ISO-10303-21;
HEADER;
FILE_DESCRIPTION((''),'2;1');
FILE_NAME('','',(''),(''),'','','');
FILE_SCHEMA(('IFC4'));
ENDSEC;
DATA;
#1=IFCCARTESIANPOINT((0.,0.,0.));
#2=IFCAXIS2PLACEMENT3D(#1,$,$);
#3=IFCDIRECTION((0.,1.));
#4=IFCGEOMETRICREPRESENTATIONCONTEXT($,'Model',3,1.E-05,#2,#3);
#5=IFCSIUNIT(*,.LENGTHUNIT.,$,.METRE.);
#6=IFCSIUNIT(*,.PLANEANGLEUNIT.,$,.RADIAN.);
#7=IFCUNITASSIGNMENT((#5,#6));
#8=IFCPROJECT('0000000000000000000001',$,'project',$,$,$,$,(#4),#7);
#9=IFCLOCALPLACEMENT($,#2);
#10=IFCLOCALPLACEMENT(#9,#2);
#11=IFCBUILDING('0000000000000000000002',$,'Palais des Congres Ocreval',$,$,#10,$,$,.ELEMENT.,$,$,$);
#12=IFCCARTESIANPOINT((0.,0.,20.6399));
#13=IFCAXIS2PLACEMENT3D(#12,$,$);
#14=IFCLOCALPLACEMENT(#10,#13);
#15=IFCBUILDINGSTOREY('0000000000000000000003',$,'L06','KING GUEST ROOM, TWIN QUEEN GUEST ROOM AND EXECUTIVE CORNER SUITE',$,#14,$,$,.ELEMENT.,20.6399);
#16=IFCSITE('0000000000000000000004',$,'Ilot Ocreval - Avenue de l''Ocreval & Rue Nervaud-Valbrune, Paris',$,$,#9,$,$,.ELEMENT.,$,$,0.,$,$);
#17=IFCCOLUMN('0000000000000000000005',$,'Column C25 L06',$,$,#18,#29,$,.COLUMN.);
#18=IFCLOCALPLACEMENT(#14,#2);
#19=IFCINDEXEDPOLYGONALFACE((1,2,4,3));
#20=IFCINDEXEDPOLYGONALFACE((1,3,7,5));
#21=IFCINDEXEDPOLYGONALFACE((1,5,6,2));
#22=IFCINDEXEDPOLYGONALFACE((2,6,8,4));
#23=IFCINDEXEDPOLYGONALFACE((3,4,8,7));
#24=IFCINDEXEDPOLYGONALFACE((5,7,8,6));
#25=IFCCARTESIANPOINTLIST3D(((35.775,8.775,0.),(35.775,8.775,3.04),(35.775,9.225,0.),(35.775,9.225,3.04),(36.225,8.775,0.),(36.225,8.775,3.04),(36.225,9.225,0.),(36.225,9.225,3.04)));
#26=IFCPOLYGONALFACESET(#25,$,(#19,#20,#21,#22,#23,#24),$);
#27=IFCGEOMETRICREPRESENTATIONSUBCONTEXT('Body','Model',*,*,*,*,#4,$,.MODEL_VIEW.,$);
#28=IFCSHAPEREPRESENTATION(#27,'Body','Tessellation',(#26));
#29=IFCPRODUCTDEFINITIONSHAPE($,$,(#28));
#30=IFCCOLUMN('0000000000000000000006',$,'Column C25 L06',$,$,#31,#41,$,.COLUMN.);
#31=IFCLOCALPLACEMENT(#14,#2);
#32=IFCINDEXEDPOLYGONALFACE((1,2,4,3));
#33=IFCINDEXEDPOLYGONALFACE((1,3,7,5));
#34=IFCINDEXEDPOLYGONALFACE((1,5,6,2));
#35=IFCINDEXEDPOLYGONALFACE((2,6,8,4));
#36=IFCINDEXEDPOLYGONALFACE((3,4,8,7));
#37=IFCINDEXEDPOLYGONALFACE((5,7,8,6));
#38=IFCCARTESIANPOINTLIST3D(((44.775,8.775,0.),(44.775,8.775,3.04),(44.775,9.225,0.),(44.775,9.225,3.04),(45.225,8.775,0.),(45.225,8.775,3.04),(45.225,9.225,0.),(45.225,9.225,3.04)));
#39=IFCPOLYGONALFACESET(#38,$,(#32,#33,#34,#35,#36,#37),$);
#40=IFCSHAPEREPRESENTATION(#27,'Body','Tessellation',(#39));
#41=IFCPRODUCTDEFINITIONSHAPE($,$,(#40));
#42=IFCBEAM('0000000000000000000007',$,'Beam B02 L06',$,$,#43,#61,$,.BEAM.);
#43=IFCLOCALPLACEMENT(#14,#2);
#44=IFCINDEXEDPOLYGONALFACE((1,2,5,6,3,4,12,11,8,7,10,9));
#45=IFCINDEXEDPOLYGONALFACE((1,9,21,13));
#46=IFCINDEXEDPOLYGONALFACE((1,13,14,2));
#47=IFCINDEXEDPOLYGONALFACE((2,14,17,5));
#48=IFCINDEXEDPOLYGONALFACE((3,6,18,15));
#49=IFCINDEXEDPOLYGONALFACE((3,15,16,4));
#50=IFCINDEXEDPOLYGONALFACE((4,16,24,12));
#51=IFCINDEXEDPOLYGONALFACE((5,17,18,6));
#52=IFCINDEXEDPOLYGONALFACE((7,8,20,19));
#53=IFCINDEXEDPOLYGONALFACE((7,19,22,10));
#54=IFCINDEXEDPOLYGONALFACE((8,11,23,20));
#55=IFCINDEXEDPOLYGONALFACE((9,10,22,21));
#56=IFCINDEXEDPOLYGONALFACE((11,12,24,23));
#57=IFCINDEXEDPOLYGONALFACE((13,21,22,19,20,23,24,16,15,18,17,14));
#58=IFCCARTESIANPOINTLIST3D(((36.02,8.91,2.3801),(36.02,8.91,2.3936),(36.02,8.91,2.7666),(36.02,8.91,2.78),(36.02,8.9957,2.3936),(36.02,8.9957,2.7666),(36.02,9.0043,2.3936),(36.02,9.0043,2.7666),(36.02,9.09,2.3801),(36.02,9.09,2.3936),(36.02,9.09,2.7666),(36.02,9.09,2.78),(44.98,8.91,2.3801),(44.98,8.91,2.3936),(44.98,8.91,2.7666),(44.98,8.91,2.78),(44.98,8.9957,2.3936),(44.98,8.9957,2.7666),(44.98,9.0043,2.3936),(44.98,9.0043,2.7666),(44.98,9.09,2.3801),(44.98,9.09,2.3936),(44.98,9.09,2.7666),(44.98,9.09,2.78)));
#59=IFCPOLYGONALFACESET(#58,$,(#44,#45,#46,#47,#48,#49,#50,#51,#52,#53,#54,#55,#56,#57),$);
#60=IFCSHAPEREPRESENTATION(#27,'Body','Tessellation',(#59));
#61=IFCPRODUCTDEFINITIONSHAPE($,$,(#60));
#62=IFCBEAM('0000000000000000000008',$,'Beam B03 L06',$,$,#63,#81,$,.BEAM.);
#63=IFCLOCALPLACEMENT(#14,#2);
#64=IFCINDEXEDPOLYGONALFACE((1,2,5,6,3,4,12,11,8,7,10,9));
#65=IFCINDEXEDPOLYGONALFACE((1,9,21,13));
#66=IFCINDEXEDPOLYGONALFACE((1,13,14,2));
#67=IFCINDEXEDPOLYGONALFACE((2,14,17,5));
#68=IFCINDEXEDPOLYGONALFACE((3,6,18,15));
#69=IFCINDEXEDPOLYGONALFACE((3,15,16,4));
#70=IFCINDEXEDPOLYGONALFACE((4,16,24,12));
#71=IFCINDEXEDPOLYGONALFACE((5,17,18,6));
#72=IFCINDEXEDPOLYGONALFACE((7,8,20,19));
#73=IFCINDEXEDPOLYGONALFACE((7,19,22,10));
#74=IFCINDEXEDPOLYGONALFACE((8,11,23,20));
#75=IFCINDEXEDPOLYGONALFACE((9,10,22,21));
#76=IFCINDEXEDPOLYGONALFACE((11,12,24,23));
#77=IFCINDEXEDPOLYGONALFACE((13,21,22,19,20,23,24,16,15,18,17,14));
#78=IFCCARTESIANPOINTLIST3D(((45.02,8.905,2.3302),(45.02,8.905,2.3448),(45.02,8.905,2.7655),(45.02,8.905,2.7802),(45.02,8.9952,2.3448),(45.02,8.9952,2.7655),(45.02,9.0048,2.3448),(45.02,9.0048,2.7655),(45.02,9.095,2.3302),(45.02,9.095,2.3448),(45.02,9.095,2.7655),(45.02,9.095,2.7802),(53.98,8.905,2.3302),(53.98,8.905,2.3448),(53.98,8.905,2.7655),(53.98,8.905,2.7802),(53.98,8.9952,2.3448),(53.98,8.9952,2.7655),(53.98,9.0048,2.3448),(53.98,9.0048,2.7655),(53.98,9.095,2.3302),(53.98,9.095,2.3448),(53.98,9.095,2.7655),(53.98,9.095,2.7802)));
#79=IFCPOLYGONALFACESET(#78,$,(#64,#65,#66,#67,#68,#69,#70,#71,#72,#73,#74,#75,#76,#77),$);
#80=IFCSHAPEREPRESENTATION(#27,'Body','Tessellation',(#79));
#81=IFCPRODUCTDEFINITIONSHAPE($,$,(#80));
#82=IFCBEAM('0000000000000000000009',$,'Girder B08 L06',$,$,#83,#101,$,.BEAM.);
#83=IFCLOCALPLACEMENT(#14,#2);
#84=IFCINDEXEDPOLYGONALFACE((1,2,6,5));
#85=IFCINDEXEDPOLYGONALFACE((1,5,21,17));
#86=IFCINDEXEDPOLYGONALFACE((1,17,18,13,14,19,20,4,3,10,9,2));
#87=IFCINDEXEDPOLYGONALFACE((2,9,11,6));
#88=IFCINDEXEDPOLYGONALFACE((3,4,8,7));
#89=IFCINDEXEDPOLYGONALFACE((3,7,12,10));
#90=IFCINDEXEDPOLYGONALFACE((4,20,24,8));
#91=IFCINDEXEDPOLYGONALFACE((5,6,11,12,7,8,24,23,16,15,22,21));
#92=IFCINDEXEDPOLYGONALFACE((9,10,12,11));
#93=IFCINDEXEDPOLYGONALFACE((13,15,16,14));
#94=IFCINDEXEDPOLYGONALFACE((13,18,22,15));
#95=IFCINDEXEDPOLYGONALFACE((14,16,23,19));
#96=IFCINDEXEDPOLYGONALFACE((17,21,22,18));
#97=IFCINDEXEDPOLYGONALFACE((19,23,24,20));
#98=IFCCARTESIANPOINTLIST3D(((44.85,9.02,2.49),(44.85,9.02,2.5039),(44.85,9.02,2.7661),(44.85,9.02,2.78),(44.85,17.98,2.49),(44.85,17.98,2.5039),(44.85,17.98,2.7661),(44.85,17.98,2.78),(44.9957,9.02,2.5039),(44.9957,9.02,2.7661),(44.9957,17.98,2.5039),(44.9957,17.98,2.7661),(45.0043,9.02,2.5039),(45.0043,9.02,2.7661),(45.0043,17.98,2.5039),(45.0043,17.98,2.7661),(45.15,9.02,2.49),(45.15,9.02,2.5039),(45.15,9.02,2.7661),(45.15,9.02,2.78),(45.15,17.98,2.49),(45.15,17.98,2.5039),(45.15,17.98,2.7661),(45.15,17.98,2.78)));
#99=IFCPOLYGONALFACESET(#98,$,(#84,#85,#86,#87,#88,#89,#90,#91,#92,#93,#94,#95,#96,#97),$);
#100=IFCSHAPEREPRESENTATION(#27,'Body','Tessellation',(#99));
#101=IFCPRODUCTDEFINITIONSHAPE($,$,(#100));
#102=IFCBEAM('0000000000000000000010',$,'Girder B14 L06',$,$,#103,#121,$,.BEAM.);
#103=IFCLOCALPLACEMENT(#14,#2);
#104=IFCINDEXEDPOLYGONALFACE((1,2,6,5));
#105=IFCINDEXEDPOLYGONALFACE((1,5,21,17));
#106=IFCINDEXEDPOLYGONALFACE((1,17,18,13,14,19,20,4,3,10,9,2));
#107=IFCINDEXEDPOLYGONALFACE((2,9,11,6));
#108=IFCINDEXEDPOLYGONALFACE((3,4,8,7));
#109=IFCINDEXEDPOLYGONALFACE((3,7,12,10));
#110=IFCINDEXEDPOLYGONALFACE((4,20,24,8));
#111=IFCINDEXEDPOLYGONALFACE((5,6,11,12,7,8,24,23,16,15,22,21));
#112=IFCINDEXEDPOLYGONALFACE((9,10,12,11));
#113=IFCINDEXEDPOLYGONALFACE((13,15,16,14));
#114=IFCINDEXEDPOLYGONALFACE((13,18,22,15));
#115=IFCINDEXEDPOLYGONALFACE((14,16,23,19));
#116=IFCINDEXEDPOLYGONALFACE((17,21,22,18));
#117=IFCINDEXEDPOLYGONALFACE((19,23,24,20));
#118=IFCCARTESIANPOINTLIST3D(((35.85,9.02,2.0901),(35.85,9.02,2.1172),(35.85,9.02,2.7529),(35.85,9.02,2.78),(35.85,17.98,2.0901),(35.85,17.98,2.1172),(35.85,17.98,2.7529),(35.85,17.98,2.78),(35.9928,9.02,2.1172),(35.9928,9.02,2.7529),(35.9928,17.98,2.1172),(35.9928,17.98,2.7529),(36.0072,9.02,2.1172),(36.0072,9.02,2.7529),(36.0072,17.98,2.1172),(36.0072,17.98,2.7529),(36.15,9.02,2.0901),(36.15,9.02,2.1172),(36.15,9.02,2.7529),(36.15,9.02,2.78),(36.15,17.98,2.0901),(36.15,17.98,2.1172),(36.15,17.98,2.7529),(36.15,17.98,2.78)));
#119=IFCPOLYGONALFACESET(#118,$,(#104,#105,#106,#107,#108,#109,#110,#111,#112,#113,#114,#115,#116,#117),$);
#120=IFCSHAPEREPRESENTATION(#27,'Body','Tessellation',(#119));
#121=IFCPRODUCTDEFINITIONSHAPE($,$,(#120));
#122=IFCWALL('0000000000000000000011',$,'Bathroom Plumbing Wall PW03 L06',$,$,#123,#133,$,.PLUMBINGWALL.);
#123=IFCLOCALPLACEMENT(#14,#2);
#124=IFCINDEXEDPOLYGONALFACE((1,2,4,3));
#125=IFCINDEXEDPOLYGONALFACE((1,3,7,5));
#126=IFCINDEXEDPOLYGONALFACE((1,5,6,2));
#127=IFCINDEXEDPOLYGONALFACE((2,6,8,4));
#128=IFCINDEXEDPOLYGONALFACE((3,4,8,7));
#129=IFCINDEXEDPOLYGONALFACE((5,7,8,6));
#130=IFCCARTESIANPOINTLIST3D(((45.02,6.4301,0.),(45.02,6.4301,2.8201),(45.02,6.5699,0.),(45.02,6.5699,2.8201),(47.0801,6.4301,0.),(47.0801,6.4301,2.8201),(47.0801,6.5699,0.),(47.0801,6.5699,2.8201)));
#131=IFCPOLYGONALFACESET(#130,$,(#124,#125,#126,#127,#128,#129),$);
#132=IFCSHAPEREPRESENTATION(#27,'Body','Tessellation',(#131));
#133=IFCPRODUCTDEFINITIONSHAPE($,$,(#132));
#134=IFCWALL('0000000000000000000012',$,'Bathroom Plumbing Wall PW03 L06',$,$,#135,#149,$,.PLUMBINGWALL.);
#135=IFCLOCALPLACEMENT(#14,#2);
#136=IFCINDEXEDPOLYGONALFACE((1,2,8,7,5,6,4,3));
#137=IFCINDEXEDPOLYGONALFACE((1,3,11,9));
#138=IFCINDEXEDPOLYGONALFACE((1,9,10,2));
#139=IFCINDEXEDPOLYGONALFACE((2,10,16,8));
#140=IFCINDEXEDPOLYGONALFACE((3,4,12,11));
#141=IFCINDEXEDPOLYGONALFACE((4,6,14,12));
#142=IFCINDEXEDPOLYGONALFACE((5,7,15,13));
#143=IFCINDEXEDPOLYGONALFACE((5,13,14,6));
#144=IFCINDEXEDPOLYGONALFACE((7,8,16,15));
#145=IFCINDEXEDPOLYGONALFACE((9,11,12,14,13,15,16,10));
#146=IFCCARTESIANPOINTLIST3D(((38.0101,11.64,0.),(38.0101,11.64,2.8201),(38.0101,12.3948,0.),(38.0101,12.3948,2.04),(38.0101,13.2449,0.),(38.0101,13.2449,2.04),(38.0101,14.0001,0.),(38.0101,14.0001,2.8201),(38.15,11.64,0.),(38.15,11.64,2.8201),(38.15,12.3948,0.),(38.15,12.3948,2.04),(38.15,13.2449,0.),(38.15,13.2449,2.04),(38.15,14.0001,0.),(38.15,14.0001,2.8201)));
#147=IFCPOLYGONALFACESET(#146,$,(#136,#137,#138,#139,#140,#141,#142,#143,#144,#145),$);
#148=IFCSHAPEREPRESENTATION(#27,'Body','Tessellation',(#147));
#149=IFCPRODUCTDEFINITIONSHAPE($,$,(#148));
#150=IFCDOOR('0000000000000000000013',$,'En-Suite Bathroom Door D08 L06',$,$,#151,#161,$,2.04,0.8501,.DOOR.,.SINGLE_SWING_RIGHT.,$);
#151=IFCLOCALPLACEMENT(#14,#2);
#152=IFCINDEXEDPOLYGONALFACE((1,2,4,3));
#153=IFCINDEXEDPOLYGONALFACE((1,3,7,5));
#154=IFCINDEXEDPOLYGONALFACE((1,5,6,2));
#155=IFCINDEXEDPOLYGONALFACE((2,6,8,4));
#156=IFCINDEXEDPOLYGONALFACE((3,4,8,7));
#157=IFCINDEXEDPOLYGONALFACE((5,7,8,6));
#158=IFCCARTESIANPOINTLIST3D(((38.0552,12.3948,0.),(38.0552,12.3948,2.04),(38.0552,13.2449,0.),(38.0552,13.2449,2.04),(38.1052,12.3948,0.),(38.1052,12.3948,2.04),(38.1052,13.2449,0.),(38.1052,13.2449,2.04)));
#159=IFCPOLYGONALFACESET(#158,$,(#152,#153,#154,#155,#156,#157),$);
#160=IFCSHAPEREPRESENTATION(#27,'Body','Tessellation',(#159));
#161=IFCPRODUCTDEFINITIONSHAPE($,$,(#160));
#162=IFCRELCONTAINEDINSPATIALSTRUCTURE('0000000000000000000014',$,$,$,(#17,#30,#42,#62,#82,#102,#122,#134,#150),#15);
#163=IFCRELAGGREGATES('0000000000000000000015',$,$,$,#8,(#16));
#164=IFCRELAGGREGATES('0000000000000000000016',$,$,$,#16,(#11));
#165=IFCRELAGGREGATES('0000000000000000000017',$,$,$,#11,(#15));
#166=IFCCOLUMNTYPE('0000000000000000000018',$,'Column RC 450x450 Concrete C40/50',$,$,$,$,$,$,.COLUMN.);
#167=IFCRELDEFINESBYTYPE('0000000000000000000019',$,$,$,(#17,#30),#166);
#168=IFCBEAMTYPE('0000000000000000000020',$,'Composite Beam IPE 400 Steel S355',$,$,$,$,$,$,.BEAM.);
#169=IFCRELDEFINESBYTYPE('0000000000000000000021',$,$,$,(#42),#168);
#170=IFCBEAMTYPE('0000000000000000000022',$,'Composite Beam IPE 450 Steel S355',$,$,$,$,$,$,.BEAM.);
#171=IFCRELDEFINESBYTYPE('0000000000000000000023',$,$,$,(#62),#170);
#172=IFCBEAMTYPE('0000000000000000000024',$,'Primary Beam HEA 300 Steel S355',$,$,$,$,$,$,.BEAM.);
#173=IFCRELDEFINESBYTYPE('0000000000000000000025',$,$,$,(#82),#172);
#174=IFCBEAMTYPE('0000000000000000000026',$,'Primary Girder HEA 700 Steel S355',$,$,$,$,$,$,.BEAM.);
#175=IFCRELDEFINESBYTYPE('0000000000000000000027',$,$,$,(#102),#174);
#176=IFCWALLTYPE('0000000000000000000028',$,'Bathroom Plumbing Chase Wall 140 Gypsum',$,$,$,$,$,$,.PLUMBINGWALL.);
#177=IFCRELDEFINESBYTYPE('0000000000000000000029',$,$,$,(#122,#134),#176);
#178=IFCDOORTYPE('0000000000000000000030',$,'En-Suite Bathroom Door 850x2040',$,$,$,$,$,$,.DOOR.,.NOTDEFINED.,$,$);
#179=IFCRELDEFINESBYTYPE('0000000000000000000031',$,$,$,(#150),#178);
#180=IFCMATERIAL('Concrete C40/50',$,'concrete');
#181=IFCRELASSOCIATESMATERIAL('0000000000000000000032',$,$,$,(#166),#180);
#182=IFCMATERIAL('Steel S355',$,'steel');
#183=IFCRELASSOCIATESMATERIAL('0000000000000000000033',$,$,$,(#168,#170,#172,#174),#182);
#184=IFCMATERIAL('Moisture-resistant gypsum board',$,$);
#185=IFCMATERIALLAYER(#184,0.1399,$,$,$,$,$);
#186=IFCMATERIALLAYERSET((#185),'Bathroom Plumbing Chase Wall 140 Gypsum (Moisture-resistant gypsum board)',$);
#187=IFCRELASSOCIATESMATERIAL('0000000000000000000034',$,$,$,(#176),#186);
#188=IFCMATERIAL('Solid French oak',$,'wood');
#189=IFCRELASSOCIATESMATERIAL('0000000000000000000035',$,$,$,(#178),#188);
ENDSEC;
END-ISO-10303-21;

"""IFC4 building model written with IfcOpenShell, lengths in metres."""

from ifc_helpers import new_model, si_unit, direction, frame, frame_2d, origin, origin_2d, place, context, subcontext, project, spatial, rectangle, i_section, extrude, material, layer, layer_set, material_profile, profile_set, type_object, element, fill, save


model = new_model("IFC4")

# Units and contexts
model_context = context("Model", 3, precision=1e-05, world=origin(), true_north=direction((0.0, 1.0)))
body_context = subcontext(model_context, "Body", "Model", "MODEL_VIEW")
ifc_project = project(units=[si_unit("LENGTHUNIT", "METRE"), si_unit("PLANEANGLEUNIT", "RADIAN")], contexts=[model_context])

# Site, building, storey
site_placement = place(None, origin())
site = spatial("IfcSite", under=ifc_project, at=site_placement, Name="Ilot Ocreval - Avenue de l'Ocreval & Rue Nervaud-Valbrune, Paris", CompositionType="ELEMENT", RefElevation=0.0)
building_placement = place(site_placement, origin())
building = spatial("IfcBuilding", under=site, at=building_placement, Name="Palais des Congres Ocreval", CompositionType="ELEMENT")
storey_placement = place(building_placement, frame((0.0, 0.0, 20.6399)))
storey = spatial("IfcBuildingStorey", under=building, at=storey_placement, Name="L06", Description="KING GUEST ROOM, TWIN QUEEN GUEST ROOM AND EXECUTIVE CORNER SUITE", CompositionType="ELEMENT", Elevation=20.6399)

# Columns
ifc_material_1 = material(Name="Concrete C40/50", Category="concrete")
ifc_material_profile_1 = material_profile(ifc_material_1, rectangle(XDim=0.45, YDim=0.45, at=origin_2d()), Name="RC 450x450")
ifc_profile_set_1 = profile_set([ifc_material_profile_1], Name="Concrete C40/50")
column_type = type_object("IfcColumnType", Name="Column RC 450x450 Concrete C40/50", PredefinedType="COLUMN", material=ifc_profile_set_1)
for number, where, z_axis, x_axis, name in (
    (1, (36.0, 9.0, 0.0), (0.0, 0.0, 1.0), (1.0, 0.0, 0.0), "Column C25 L06"),
    (2, (45.0, 9.0, 0.0), (0.0, 0.0, 1.0), (1.0, 0.0, 0.0), "Column C25 L06"),
):
    element("IfcColumn", number, at=place(storey_placement, frame(where, z_axis=z_axis, x_axis=x_axis)), inside=storey, type_object=column_type, Name=name, PredefinedType="COLUMN", context=body_context, shape_type="SweptSolid", body=[
        extrude(rectangle(XDim=0.45, YDim=0.45, at=origin_2d()), origin(), (0.0, 0.0, 1.0), 3.04),
    ])

# Beams
ifc_material_2 = material(Name="Steel S355", Category="steel")
ifc_material_profile_2 = material_profile(ifc_material_2, i_section(OverallWidth=0.1799, OverallDepth=0.3999, WebThickness=0.0085, FlangeThickness=0.0134, at=origin_2d()), Name="IPE 400")
ifc_profile_set_2 = profile_set([ifc_material_profile_2], Name="Steel S355")
beam_type_1 = type_object("IfcBeamType", Name="Composite Beam IPE 400 Steel S355", PredefinedType="BEAM", material=ifc_profile_set_2)
beam_1_placement = place(storey_placement, frame((36.02, 9.0, 2.5801), z_axis=(1.0, 0.0, 0.0), x_axis=(0.0, 1.0, 0.0)))
element("IfcBeam", 3, at=beam_1_placement, inside=storey, type_object=beam_type_1, Name="Beam B02 L06", PredefinedType="BEAM", context=body_context, shape_type="SweptSolid", body=[
    extrude(i_section(OverallWidth=0.1799, OverallDepth=0.3999, WebThickness=0.0085, FlangeThickness=0.0134, at=origin_2d()), origin(), (0.0, 0.0, 1.0), 8.96),
])
ifc_material_profile_3 = material_profile(ifc_material_2, i_section(OverallWidth=0.1899, OverallDepth=0.45, WebThickness=0.0095, FlangeThickness=0.0146, at=origin_2d()), Name="IPE 450")
ifc_profile_set_3 = profile_set([ifc_material_profile_3], Name="Steel S355")
beam_type_2 = type_object("IfcBeamType", Name="Composite Beam IPE 450 Steel S355", PredefinedType="BEAM", material=ifc_profile_set_3)
beam_2_placement = place(storey_placement, frame((45.02, 9.0, 2.5552), z_axis=(1.0, 0.0, 0.0), x_axis=(0.0, 1.0, 0.0)))
element("IfcBeam", 4, at=beam_2_placement, inside=storey, type_object=beam_type_2, Name="Beam B03 L06", PredefinedType="BEAM", context=body_context, shape_type="SweptSolid", body=[
    extrude(i_section(OverallWidth=0.1899, OverallDepth=0.45, WebThickness=0.0095, FlangeThickness=0.0146, at=origin_2d()), origin(), (0.0, 0.0, 1.0), 8.96),
])
ifc_material_profile_4 = material_profile(ifc_material_2, i_section(OverallWidth=0.3, OverallDepth=0.29, WebThickness=0.0085, FlangeThickness=0.0139, at=origin_2d()), Name="HEA 300")
ifc_profile_set_4 = profile_set([ifc_material_profile_4], Name="Steel S355")
beam_type_3 = type_object("IfcBeamType", Name="Primary Beam HEA 300 Steel S355", PredefinedType="BEAM", material=ifc_profile_set_4)
beam_3_placement = place(storey_placement, frame((45.0, 9.02, 2.635), z_axis=(0.0, 1.0, 0.0), x_axis=(-1.0, 0.0, 0.0)))
element("IfcBeam", 5, at=beam_3_placement, inside=storey, type_object=beam_type_3, Name="Girder B08 L06", PredefinedType="BEAM", context=body_context, shape_type="SweptSolid", body=[
    extrude(i_section(OverallWidth=0.3, OverallDepth=0.29, WebThickness=0.0085, FlangeThickness=0.0139, at=origin_2d()), origin(), (0.0, 0.0, 1.0), 8.96),
])
ifc_material_profile_5 = material_profile(ifc_material_2, i_section(OverallWidth=0.3, OverallDepth=0.6899, WebThickness=0.0144, FlangeThickness=0.0271, at=origin_2d()), Name="HEA 700")
ifc_profile_set_5 = profile_set([ifc_material_profile_5], Name="Steel S355")
beam_type_4 = type_object("IfcBeamType", Name="Primary Girder HEA 700 Steel S355", PredefinedType="BEAM", material=ifc_profile_set_5)
beam_4_placement = place(storey_placement, frame((36.0, 9.02, 2.4351), z_axis=(0.0, 1.0, 0.0), x_axis=(-1.0, 0.0, 0.0)))
element("IfcBeam", 6, at=beam_4_placement, inside=storey, type_object=beam_type_4, Name="Girder B14 L06", PredefinedType="BEAM", context=body_context, shape_type="SweptSolid", body=[
    extrude(i_section(OverallWidth=0.3, OverallDepth=0.6899, WebThickness=0.0144, FlangeThickness=0.0271, at=origin_2d()), origin(), (0.0, 0.0, 1.0), 8.96),
])

# Wall
ifc_material_3 = material(Name="Moisture-resistant gypsum board")
ifc_layer_1 = layer(ifc_material_3, 0.1399)
ifc_layer_set_1 = layer_set([ifc_layer_1], Name="Bathroom Plumbing Chase Wall 140 Gypsum (Moisture-resistant gypsum board)")
wall_type_1 = type_object("IfcWallType", Name="Bathroom Plumbing Chase Wall 140 Gypsum", PredefinedType="PLUMBINGWALL", material=ifc_layer_set_1)
wall_1_placement = place(storey_placement, frame((45.02, 6.5, 0.0), z_axis=(0.0, 0.0, 1.0), x_axis=(1.0, 0.0, 0.0)))
element("IfcWall", 7, at=wall_1_placement, inside=storey, type_object=wall_type_1, Name="Bathroom Plumbing Wall PW03 L06", PredefinedType="PLUMBINGWALL", context=body_context, shape_type="SweptSolid", body=[
    extrude(rectangle(XDim=2.0601, YDim=0.1399, at=frame_2d((1.03, 0.0))), origin(), (0.0, 0.0, 1.0), 2.8201),
])

# Wall, opening, door
wall_2_placement = place(storey_placement, frame((38.0801, 11.6399, 0.0), z_axis=(0.0, 0.0, 1.0), x_axis=(0.0, 1.0, 0.0)))
wall_2 = element("IfcWall", 8, at=wall_2_placement, inside=storey, type_object=wall_type_1, Name="Bathroom Plumbing Wall PW03 L06", PredefinedType="PLUMBINGWALL", context=body_context, shape_type="SweptSolid", body=[
    extrude(rectangle(XDim=2.3601, YDim=0.1399, at=frame_2d((1.1802, 0.0))), origin(), (0.0, 0.0, 1.0), 2.8201),
])
opening_1_placement = place(wall_2_placement, frame((0.7549, 0.0, 0.0)))
opening_1 = element("IfcOpeningElement", 9, at=opening_1_placement, cuts=wall_2, PredefinedType="OPENING", context=body_context, shape_type="SweptSolid", body=[
    extrude(rectangle(XDim=0.8501, YDim=2.04, at=frame_2d((0.425, 1.02))), frame((0.0, 0.0798, 0.0), z_axis=(0.0, -1.0, 0.0), x_axis=(1.0, 0.0, 0.0)), (0.0, 0.0, 1.0), 0.1599),
])
ifc_material_4 = material(Name="Solid French oak", Category="wood")
door_type_1 = type_object("IfcDoorType", Name="En-Suite Bathroom Door 850x2040", OperationType="NOTDEFINED", PredefinedType="DOOR", material=ifc_material_4)
door_1_placement = place(opening_1_placement, origin())
door_1 = element("IfcDoor", 10, at=door_1_placement, inside=storey, type_object=door_type_1, Name="En-Suite Bathroom Door D08 L06", OperationType="SINGLE_SWING_RIGHT", OverallHeight=2.04, OverallWidth=0.8501, PredefinedType="DOOR", context=body_context, shape_type="SweptSolid", body=[
    extrude(rectangle(XDim=0.8501, YDim=2.04, at=frame_2d((0.425, 1.02))), frame((0.0, 0.0249, 0.0), z_axis=(0.0, -1.0, 0.0), x_axis=(1.0, 0.0, 0.0)), (0.0, 0.0, 1.0), 0.05),
])
fill(opening_1, door_1)

save(model, "model.ifc")
